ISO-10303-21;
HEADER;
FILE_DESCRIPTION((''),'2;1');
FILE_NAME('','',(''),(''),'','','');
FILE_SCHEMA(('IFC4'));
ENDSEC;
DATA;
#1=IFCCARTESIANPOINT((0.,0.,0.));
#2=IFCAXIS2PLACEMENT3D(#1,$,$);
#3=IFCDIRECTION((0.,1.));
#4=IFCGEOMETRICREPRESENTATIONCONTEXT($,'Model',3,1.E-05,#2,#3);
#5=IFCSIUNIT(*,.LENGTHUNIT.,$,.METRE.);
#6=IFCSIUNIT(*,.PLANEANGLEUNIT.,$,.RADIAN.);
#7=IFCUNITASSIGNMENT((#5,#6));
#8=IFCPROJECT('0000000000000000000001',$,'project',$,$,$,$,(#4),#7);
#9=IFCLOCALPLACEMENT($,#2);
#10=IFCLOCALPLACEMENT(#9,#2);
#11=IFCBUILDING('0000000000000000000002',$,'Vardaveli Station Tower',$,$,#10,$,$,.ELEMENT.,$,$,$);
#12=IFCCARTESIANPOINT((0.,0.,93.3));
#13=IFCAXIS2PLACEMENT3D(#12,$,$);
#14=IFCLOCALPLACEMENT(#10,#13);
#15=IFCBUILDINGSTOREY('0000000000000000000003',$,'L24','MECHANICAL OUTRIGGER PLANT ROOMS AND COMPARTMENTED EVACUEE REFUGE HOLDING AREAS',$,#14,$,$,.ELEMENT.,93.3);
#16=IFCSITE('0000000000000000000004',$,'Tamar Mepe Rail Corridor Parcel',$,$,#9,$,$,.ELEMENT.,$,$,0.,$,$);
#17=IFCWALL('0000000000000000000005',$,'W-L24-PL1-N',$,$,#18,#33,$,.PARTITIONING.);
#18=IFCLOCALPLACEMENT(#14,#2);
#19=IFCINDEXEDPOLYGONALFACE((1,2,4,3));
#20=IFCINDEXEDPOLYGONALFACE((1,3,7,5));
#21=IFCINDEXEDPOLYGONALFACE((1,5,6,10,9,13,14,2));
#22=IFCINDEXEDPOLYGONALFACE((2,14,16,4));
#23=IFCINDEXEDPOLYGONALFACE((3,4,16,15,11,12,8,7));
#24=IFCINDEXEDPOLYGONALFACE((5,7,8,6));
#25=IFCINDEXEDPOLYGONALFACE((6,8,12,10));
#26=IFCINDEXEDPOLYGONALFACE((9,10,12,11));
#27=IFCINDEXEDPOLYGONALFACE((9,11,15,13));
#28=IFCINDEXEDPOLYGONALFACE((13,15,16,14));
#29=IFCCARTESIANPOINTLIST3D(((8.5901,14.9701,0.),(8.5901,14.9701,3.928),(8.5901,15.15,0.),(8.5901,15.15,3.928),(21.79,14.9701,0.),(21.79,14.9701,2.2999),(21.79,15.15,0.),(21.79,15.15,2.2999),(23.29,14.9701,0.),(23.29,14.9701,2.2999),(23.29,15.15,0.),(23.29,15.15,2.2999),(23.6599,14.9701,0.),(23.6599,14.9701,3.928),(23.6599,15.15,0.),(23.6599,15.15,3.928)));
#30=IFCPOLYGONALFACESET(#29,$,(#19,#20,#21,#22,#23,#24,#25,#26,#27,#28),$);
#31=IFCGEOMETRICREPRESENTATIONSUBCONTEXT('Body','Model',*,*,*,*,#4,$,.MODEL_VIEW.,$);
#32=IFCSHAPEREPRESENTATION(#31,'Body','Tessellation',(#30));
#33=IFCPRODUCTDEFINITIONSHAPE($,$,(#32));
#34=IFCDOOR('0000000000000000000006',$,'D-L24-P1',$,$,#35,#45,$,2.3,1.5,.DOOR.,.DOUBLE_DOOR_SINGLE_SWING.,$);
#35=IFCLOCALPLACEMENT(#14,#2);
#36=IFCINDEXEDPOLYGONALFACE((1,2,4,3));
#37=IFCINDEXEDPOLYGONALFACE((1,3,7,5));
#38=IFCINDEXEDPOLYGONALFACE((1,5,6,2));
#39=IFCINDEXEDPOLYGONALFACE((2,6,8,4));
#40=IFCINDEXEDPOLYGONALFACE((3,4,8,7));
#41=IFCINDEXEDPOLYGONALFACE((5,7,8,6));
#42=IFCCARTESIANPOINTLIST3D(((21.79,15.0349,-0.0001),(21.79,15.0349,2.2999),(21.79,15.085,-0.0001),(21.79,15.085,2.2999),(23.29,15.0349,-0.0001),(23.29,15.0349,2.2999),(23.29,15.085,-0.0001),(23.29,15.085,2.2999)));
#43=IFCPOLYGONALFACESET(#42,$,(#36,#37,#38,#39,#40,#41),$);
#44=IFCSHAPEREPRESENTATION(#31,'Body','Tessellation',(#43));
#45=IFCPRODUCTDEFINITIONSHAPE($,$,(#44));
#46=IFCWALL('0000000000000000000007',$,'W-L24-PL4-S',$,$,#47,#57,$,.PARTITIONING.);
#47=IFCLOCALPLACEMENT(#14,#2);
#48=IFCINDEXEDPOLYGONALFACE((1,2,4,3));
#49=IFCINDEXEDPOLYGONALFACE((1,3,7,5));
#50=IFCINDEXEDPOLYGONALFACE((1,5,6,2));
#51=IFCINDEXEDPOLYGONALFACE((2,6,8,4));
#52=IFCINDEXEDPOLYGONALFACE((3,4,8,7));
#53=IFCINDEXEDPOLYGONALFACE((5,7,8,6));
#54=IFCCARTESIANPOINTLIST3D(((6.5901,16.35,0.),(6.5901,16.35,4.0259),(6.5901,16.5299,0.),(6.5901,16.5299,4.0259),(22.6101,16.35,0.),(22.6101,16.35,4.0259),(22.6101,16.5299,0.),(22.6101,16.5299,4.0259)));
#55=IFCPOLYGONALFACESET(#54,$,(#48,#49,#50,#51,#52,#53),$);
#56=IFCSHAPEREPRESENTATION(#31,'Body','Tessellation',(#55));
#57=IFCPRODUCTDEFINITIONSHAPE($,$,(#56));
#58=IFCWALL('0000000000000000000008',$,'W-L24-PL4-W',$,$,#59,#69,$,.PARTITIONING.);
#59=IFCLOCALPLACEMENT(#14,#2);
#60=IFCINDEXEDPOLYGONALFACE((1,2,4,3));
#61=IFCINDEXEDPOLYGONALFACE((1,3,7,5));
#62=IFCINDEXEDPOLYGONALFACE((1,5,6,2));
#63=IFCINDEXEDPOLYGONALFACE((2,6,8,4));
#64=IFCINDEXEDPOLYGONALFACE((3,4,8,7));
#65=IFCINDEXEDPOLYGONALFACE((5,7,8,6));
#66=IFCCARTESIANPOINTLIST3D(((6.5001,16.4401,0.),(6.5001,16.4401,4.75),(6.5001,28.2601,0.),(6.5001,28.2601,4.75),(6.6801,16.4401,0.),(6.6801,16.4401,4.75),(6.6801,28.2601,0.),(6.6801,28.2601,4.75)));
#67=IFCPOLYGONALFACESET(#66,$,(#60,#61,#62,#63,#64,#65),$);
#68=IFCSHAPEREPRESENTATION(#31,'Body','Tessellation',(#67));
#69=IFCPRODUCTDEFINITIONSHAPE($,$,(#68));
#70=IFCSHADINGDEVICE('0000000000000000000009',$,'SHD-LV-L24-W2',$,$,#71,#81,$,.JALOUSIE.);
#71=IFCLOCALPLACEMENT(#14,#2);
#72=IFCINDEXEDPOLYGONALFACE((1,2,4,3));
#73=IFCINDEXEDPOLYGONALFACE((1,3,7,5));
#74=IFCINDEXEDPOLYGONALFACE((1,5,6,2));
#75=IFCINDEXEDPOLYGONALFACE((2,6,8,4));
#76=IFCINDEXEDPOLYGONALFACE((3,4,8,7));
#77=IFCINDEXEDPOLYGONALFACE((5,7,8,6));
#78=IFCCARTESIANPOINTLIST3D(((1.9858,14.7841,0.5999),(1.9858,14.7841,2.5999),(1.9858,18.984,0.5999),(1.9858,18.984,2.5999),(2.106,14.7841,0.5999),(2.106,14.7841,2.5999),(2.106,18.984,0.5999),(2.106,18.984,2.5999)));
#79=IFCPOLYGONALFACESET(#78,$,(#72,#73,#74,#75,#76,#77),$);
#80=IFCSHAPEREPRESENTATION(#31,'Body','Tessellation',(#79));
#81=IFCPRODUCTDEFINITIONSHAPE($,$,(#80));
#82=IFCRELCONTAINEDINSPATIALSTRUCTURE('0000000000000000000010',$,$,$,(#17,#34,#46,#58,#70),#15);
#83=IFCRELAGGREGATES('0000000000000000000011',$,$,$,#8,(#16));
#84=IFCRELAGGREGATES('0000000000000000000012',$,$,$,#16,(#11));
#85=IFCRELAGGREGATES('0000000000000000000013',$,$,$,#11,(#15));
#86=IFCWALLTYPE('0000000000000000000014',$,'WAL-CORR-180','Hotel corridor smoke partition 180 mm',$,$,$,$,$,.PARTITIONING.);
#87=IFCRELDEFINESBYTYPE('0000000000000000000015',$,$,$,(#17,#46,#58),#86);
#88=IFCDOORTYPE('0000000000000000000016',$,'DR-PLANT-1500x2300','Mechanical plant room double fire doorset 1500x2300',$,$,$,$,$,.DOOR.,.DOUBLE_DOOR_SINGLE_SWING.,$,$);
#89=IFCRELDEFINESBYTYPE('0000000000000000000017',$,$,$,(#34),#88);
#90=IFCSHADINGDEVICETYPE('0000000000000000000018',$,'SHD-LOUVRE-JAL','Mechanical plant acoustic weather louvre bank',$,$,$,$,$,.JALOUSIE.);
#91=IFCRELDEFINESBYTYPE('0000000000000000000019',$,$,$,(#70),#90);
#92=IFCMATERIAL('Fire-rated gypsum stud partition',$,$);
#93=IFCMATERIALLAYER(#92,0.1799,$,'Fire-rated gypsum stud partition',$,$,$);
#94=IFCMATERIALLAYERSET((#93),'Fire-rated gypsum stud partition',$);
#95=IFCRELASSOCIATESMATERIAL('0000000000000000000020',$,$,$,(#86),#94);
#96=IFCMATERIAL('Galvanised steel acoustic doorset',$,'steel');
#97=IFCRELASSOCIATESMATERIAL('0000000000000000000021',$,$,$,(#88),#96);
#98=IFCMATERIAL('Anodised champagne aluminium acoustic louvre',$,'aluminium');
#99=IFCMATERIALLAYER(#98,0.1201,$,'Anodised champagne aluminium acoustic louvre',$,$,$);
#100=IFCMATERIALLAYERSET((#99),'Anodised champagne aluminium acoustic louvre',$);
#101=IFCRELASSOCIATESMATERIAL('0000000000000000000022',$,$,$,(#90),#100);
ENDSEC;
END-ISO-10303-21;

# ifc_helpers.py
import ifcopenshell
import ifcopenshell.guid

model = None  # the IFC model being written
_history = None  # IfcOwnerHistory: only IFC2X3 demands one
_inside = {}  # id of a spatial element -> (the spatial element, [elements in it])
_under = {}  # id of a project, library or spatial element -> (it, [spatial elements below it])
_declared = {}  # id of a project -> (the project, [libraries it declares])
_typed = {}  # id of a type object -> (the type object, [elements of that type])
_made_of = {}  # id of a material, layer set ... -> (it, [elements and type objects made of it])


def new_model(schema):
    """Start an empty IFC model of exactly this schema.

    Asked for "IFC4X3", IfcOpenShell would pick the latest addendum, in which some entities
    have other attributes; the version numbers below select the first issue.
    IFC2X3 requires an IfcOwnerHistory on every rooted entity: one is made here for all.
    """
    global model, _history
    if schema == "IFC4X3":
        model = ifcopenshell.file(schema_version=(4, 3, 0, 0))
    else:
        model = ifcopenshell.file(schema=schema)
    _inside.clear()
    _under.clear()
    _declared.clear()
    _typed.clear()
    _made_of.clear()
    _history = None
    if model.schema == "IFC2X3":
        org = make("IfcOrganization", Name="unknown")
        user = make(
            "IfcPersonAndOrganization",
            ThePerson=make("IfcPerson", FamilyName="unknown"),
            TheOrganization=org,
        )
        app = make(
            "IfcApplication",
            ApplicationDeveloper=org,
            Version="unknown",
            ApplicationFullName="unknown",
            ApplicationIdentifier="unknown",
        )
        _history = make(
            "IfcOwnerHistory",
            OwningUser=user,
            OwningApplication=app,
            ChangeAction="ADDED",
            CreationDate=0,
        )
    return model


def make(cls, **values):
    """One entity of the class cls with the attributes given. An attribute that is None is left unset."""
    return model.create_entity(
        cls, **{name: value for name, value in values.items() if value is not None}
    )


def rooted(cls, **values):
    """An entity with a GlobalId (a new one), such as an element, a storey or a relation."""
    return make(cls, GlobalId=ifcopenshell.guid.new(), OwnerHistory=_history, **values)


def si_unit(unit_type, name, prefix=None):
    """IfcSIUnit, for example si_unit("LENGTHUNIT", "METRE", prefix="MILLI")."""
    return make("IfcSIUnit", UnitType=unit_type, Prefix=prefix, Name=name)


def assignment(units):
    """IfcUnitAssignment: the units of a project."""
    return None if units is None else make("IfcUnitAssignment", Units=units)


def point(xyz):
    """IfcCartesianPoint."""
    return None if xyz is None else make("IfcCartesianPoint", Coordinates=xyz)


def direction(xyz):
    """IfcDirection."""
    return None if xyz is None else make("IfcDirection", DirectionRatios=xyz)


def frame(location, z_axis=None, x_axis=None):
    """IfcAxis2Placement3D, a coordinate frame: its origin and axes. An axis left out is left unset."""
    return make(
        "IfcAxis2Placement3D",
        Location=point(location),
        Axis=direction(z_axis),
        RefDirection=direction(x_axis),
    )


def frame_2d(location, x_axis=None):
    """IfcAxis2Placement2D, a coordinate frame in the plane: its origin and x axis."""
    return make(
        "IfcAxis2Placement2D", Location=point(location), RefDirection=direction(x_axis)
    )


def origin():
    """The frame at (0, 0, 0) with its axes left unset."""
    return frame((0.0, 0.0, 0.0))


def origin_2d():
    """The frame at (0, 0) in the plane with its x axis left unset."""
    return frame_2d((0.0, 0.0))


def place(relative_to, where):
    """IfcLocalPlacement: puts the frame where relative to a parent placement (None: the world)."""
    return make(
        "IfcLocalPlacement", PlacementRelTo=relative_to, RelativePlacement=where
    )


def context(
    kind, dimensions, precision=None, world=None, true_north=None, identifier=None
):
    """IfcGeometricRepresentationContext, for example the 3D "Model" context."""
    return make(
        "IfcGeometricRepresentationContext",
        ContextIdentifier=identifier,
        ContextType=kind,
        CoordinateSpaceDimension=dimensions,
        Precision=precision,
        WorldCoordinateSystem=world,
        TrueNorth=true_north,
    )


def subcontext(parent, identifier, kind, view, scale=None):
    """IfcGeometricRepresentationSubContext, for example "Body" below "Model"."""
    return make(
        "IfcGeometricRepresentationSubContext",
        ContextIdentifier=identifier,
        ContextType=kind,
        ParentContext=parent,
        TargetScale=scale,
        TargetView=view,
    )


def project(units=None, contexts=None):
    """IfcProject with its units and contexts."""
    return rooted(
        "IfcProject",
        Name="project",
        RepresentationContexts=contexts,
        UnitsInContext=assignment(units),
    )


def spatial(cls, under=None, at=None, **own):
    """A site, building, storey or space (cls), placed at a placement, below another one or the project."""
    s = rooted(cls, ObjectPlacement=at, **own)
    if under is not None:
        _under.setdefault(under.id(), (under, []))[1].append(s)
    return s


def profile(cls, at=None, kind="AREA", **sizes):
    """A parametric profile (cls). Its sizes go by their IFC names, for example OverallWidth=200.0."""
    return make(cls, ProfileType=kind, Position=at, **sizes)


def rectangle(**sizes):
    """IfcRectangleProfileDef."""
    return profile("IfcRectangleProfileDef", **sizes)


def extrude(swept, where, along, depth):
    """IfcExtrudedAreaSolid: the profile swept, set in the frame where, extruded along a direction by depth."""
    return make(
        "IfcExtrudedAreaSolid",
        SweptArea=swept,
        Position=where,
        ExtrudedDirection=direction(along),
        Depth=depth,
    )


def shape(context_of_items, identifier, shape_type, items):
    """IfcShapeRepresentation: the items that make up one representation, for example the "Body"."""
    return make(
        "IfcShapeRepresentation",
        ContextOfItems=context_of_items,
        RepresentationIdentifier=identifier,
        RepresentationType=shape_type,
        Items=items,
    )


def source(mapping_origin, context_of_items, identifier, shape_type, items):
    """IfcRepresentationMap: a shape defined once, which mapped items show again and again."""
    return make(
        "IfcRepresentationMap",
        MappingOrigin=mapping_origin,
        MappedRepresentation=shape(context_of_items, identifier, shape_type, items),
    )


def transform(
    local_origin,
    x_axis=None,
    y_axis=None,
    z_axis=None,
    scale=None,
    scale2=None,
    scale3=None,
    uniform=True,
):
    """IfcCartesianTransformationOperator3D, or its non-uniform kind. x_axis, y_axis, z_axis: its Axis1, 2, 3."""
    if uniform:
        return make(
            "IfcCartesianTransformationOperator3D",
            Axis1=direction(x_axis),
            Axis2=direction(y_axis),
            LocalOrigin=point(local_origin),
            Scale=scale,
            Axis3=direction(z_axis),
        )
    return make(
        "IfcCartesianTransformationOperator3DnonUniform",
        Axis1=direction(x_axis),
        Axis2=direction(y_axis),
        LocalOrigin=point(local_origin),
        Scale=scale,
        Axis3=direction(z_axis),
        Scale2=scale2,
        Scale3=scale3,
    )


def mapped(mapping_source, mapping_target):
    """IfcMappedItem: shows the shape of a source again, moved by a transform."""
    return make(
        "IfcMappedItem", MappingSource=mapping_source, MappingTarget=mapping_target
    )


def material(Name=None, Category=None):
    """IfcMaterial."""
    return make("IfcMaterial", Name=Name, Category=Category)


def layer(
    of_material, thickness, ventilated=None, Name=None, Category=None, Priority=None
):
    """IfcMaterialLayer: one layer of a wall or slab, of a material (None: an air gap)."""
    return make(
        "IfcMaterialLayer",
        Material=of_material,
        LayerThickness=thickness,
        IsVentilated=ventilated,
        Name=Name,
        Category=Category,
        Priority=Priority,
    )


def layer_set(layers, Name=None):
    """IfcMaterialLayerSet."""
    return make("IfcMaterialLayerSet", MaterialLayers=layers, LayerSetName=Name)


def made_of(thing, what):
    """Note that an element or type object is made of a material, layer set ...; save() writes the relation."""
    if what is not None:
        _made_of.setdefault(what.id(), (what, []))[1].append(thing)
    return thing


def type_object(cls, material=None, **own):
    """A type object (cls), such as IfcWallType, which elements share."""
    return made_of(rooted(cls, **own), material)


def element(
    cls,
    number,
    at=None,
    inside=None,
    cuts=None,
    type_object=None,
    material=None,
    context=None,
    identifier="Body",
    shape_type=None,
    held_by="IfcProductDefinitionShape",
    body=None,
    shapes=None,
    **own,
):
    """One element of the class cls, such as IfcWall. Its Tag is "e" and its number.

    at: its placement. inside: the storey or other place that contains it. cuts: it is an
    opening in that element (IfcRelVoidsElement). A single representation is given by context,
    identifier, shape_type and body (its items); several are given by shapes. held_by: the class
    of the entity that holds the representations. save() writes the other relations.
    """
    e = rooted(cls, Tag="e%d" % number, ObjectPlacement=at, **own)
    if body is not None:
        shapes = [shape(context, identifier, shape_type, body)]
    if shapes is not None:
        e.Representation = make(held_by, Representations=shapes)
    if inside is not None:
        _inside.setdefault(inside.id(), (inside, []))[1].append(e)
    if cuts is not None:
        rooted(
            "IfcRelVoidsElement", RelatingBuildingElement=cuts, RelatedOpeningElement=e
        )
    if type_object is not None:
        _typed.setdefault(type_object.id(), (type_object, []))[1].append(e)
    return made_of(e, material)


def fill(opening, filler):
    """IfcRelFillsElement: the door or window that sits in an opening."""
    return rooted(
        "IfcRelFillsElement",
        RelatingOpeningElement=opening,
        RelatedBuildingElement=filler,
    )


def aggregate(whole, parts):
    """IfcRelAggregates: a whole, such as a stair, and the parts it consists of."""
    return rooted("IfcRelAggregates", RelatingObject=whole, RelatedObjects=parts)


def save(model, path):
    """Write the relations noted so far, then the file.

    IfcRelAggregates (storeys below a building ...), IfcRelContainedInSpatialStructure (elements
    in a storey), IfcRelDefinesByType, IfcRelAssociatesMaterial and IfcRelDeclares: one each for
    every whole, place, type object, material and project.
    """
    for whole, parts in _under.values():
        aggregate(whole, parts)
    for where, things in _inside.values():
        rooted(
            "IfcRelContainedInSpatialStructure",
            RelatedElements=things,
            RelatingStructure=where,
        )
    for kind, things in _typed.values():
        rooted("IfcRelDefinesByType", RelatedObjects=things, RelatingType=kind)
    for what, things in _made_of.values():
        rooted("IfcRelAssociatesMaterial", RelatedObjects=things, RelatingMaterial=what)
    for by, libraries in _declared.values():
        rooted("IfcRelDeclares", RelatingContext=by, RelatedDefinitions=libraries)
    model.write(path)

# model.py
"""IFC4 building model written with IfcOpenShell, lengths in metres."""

from ifc_helpers import new_model, si_unit, direction, frame, frame_2d, origin, origin_2d, place, context, subcontext, project, spatial, rectangle, extrude, source, transform, mapped, material, layer, layer_set, type_object, element, fill, save


model = new_model("IFC4")

# Units and contexts
model_context = context("Model", 3, precision=1e-05, world=origin(), true_north=direction((0.0, 1.0)))
body_context = subcontext(model_context, "Body", "Model", "MODEL_VIEW")
ifc_project = project(units=[si_unit("LENGTHUNIT", "METRE"), si_unit("PLANEANGLEUNIT", "RADIAN")], contexts=[model_context])

# Site, building, storey
site_placement = place(None, origin())
site = spatial("IfcSite", under=ifc_project, at=site_placement, Name="Tamar Mepe Rail Corridor Parcel", CompositionType="ELEMENT", RefElevation=0.0)
building_placement = place(site_placement, origin())
building = spatial("IfcBuilding", under=site, at=building_placement, Name="Vardaveli Station Tower", CompositionType="ELEMENT")
storey_placement = place(building_placement, frame((0.0, 0.0, 93.3)))
storey = spatial("IfcBuildingStorey", under=building, at=storey_placement, Name="L24", Description="MECHANICAL OUTRIGGER PLANT ROOMS AND COMPARTMENTED EVACUEE REFUGE HOLDING AREAS", CompositionType="ELEMENT", Elevation=93.3)

# Wall, opening, door
ifc_material_1 = material(Name="Fire-rated gypsum stud partition")
ifc_layer_1 = layer(ifc_material_1, 0.1799, Name="Fire-rated gypsum stud partition")
ifc_layer_set_1 = layer_set([ifc_layer_1], Name="Fire-rated gypsum stud partition")
wall_type = type_object("IfcWallType", Name="WAL-CORR-180", Description="Hotel corridor smoke partition 180 mm", PredefinedType="PARTITIONING", material=ifc_layer_set_1)
shared_shape_1 = source(origin(), body_context, "Body", "SweptSolid", [
    extrude(rectangle(XDim=15.0698, YDim=0.1799, at=frame_2d((7.5349, 0.0))), origin(), (0.0, 0.0, 1.0), 3.928),
])
wall_1_placement = place(storey_placement, frame((8.5901, 15.0601, 0.0), z_axis=(0.0, 0.0, 1.0), x_axis=(1.0, 0.0, 0.0)))
wall_1 = element("IfcWall", 1, at=wall_1_placement, inside=storey, type_object=wall_type, Name="W-L24-PL1-N", PredefinedType="PARTITIONING", context=body_context, shape_type="MappedRepresentation", body=[
    mapped(shared_shape_1, transform((0.0, 0.0, 0.0), scale=1.0)),
])
shared_shape_2 = source(origin(), body_context, "Body", "SweptSolid", [
    extrude(rectangle(XDim=1.5, YDim=2.3, at=frame_2d((0.75, 1.1499))), frame((0.0, 0.1001, 0.0), z_axis=(0.0, -1.0, 0.0), x_axis=(1.0, 0.0, 0.0)), (0.0, 0.0, 1.0), 0.2),
])
opening_placement = place(wall_1_placement, frame((13.2, 0.0, 0.0)))
opening = element("IfcOpeningElement", 2, at=opening_placement, cuts=wall_1, PredefinedType="OPENING", context=body_context, shape_type="MappedRepresentation", body=[
    mapped(shared_shape_2, transform((0.0, 0.0, 0.0), scale=1.0)),
])
ifc_material_2 = material(Name="Galvanised steel acoustic doorset", Category="steel")
door_type = type_object("IfcDoorType", Name="DR-PLANT-1500x2300", Description="Mechanical plant room double fire doorset 1500x2300", OperationType="DOUBLE_DOOR_SINGLE_SWING", PredefinedType="DOOR", material=ifc_material_2)
shared_shape_3 = source(origin(), body_context, "Body", "SweptSolid", [
    extrude(rectangle(XDim=1.5, YDim=2.3, at=frame_2d((0.75, 1.1499))), frame((0.0, 0.0249, 0.0), z_axis=(0.0, -1.0, 0.0), x_axis=(1.0, 0.0, 0.0)), (0.0, 0.0, 1.0), 0.05),
])
door_placement = place(opening_placement, origin())
door = element("IfcDoor", 3, at=door_placement, inside=storey, type_object=door_type, Name="D-L24-P1", OperationType="DOUBLE_DOOR_SINGLE_SWING", OverallHeight=2.3, OverallWidth=1.5, PredefinedType="DOOR", context=body_context, shape_type="MappedRepresentation", body=[
    mapped(shared_shape_3, transform((0.0, 0.0, 0.0), scale=1.0)),
])
fill(opening, door)

# Walls
shared_shape_4 = source(origin(), body_context, "Body", "SweptSolid", [
    extrude(rectangle(XDim=16.02, YDim=0.1799, at=frame_2d((8.01, 0.0))), origin(), (0.0, 0.0, 1.0), 4.0259),
])
wall_2_placement = place(storey_placement, frame((6.5901, 16.4399, 0.0), z_axis=(0.0, 0.0, 1.0), x_axis=(1.0, 0.0, 0.0)))
element("IfcWall", 4, at=wall_2_placement, inside=storey, type_object=wall_type, Name="W-L24-PL4-S", PredefinedType="PARTITIONING", context=body_context, shape_type="MappedRepresentation", body=[
    mapped(shared_shape_4, transform((0.0, 0.0, 0.0), scale=1.0)),
])
shared_shape_5 = source(origin(), body_context, "Body", "SweptSolid", [
    extrude(rectangle(XDim=11.8201, YDim=0.1799, at=frame_2d((5.9102, 0.0))), origin(), (0.0, 0.0, 1.0), 4.75),
])
wall_3_placement = place(storey_placement, frame((6.5901, 16.4399, 0.0), z_axis=(0.0, 0.0, 1.0), x_axis=(0.0, 1.0, 0.0)))
element("IfcWall", 5, at=wall_3_placement, inside=storey, type_object=wall_type, Name="W-L24-PL4-W", PredefinedType="PARTITIONING", context=body_context, shape_type="MappedRepresentation", body=[
    mapped(shared_shape_5, transform((0.0, 0.0, 0.0), scale=1.0)),
])

# Shading device
ifc_material_3 = material(Name="Anodised champagne aluminium acoustic louvre", Category="aluminium")
ifc_layer_2 = layer(ifc_material_3, 0.1201, Name="Anodised champagne aluminium acoustic louvre")
ifc_layer_set_2 = layer_set([ifc_layer_2], Name="Anodised champagne aluminium acoustic louvre")
shading_device_type = type_object("IfcShadingDeviceType", Name="SHD-LOUVRE-JAL", Description="Mechanical plant acoustic weather louvre bank", PredefinedType="JALOUSIE", material=ifc_layer_set_2)
shared_shape_6 = source(origin(), body_context, "Body", "SweptSolid", [
    extrude(rectangle(XDim=4.2, YDim=0.1201, at=origin_2d()), origin(), (0.0, 0.0, 1.0), 2.0),
])
shading_device_placement = place(storey_placement, frame((2.0459, 16.884, 0.5999), z_axis=(0.0, 0.0, 1.0), x_axis=(0.0, 1.0, 0.0)))
element("IfcShadingDevice", 6, at=shading_device_placement, inside=storey, type_object=shading_device_type, Name="SHD-LV-L24-W2", PredefinedType="JALOUSIE", context=body_context, shape_type="MappedRepresentation", body=[
    mapped(shared_shape_6, transform((0.0, 0.0, 0.0), scale=1.0)),
])

save(model, "model.ifc")
